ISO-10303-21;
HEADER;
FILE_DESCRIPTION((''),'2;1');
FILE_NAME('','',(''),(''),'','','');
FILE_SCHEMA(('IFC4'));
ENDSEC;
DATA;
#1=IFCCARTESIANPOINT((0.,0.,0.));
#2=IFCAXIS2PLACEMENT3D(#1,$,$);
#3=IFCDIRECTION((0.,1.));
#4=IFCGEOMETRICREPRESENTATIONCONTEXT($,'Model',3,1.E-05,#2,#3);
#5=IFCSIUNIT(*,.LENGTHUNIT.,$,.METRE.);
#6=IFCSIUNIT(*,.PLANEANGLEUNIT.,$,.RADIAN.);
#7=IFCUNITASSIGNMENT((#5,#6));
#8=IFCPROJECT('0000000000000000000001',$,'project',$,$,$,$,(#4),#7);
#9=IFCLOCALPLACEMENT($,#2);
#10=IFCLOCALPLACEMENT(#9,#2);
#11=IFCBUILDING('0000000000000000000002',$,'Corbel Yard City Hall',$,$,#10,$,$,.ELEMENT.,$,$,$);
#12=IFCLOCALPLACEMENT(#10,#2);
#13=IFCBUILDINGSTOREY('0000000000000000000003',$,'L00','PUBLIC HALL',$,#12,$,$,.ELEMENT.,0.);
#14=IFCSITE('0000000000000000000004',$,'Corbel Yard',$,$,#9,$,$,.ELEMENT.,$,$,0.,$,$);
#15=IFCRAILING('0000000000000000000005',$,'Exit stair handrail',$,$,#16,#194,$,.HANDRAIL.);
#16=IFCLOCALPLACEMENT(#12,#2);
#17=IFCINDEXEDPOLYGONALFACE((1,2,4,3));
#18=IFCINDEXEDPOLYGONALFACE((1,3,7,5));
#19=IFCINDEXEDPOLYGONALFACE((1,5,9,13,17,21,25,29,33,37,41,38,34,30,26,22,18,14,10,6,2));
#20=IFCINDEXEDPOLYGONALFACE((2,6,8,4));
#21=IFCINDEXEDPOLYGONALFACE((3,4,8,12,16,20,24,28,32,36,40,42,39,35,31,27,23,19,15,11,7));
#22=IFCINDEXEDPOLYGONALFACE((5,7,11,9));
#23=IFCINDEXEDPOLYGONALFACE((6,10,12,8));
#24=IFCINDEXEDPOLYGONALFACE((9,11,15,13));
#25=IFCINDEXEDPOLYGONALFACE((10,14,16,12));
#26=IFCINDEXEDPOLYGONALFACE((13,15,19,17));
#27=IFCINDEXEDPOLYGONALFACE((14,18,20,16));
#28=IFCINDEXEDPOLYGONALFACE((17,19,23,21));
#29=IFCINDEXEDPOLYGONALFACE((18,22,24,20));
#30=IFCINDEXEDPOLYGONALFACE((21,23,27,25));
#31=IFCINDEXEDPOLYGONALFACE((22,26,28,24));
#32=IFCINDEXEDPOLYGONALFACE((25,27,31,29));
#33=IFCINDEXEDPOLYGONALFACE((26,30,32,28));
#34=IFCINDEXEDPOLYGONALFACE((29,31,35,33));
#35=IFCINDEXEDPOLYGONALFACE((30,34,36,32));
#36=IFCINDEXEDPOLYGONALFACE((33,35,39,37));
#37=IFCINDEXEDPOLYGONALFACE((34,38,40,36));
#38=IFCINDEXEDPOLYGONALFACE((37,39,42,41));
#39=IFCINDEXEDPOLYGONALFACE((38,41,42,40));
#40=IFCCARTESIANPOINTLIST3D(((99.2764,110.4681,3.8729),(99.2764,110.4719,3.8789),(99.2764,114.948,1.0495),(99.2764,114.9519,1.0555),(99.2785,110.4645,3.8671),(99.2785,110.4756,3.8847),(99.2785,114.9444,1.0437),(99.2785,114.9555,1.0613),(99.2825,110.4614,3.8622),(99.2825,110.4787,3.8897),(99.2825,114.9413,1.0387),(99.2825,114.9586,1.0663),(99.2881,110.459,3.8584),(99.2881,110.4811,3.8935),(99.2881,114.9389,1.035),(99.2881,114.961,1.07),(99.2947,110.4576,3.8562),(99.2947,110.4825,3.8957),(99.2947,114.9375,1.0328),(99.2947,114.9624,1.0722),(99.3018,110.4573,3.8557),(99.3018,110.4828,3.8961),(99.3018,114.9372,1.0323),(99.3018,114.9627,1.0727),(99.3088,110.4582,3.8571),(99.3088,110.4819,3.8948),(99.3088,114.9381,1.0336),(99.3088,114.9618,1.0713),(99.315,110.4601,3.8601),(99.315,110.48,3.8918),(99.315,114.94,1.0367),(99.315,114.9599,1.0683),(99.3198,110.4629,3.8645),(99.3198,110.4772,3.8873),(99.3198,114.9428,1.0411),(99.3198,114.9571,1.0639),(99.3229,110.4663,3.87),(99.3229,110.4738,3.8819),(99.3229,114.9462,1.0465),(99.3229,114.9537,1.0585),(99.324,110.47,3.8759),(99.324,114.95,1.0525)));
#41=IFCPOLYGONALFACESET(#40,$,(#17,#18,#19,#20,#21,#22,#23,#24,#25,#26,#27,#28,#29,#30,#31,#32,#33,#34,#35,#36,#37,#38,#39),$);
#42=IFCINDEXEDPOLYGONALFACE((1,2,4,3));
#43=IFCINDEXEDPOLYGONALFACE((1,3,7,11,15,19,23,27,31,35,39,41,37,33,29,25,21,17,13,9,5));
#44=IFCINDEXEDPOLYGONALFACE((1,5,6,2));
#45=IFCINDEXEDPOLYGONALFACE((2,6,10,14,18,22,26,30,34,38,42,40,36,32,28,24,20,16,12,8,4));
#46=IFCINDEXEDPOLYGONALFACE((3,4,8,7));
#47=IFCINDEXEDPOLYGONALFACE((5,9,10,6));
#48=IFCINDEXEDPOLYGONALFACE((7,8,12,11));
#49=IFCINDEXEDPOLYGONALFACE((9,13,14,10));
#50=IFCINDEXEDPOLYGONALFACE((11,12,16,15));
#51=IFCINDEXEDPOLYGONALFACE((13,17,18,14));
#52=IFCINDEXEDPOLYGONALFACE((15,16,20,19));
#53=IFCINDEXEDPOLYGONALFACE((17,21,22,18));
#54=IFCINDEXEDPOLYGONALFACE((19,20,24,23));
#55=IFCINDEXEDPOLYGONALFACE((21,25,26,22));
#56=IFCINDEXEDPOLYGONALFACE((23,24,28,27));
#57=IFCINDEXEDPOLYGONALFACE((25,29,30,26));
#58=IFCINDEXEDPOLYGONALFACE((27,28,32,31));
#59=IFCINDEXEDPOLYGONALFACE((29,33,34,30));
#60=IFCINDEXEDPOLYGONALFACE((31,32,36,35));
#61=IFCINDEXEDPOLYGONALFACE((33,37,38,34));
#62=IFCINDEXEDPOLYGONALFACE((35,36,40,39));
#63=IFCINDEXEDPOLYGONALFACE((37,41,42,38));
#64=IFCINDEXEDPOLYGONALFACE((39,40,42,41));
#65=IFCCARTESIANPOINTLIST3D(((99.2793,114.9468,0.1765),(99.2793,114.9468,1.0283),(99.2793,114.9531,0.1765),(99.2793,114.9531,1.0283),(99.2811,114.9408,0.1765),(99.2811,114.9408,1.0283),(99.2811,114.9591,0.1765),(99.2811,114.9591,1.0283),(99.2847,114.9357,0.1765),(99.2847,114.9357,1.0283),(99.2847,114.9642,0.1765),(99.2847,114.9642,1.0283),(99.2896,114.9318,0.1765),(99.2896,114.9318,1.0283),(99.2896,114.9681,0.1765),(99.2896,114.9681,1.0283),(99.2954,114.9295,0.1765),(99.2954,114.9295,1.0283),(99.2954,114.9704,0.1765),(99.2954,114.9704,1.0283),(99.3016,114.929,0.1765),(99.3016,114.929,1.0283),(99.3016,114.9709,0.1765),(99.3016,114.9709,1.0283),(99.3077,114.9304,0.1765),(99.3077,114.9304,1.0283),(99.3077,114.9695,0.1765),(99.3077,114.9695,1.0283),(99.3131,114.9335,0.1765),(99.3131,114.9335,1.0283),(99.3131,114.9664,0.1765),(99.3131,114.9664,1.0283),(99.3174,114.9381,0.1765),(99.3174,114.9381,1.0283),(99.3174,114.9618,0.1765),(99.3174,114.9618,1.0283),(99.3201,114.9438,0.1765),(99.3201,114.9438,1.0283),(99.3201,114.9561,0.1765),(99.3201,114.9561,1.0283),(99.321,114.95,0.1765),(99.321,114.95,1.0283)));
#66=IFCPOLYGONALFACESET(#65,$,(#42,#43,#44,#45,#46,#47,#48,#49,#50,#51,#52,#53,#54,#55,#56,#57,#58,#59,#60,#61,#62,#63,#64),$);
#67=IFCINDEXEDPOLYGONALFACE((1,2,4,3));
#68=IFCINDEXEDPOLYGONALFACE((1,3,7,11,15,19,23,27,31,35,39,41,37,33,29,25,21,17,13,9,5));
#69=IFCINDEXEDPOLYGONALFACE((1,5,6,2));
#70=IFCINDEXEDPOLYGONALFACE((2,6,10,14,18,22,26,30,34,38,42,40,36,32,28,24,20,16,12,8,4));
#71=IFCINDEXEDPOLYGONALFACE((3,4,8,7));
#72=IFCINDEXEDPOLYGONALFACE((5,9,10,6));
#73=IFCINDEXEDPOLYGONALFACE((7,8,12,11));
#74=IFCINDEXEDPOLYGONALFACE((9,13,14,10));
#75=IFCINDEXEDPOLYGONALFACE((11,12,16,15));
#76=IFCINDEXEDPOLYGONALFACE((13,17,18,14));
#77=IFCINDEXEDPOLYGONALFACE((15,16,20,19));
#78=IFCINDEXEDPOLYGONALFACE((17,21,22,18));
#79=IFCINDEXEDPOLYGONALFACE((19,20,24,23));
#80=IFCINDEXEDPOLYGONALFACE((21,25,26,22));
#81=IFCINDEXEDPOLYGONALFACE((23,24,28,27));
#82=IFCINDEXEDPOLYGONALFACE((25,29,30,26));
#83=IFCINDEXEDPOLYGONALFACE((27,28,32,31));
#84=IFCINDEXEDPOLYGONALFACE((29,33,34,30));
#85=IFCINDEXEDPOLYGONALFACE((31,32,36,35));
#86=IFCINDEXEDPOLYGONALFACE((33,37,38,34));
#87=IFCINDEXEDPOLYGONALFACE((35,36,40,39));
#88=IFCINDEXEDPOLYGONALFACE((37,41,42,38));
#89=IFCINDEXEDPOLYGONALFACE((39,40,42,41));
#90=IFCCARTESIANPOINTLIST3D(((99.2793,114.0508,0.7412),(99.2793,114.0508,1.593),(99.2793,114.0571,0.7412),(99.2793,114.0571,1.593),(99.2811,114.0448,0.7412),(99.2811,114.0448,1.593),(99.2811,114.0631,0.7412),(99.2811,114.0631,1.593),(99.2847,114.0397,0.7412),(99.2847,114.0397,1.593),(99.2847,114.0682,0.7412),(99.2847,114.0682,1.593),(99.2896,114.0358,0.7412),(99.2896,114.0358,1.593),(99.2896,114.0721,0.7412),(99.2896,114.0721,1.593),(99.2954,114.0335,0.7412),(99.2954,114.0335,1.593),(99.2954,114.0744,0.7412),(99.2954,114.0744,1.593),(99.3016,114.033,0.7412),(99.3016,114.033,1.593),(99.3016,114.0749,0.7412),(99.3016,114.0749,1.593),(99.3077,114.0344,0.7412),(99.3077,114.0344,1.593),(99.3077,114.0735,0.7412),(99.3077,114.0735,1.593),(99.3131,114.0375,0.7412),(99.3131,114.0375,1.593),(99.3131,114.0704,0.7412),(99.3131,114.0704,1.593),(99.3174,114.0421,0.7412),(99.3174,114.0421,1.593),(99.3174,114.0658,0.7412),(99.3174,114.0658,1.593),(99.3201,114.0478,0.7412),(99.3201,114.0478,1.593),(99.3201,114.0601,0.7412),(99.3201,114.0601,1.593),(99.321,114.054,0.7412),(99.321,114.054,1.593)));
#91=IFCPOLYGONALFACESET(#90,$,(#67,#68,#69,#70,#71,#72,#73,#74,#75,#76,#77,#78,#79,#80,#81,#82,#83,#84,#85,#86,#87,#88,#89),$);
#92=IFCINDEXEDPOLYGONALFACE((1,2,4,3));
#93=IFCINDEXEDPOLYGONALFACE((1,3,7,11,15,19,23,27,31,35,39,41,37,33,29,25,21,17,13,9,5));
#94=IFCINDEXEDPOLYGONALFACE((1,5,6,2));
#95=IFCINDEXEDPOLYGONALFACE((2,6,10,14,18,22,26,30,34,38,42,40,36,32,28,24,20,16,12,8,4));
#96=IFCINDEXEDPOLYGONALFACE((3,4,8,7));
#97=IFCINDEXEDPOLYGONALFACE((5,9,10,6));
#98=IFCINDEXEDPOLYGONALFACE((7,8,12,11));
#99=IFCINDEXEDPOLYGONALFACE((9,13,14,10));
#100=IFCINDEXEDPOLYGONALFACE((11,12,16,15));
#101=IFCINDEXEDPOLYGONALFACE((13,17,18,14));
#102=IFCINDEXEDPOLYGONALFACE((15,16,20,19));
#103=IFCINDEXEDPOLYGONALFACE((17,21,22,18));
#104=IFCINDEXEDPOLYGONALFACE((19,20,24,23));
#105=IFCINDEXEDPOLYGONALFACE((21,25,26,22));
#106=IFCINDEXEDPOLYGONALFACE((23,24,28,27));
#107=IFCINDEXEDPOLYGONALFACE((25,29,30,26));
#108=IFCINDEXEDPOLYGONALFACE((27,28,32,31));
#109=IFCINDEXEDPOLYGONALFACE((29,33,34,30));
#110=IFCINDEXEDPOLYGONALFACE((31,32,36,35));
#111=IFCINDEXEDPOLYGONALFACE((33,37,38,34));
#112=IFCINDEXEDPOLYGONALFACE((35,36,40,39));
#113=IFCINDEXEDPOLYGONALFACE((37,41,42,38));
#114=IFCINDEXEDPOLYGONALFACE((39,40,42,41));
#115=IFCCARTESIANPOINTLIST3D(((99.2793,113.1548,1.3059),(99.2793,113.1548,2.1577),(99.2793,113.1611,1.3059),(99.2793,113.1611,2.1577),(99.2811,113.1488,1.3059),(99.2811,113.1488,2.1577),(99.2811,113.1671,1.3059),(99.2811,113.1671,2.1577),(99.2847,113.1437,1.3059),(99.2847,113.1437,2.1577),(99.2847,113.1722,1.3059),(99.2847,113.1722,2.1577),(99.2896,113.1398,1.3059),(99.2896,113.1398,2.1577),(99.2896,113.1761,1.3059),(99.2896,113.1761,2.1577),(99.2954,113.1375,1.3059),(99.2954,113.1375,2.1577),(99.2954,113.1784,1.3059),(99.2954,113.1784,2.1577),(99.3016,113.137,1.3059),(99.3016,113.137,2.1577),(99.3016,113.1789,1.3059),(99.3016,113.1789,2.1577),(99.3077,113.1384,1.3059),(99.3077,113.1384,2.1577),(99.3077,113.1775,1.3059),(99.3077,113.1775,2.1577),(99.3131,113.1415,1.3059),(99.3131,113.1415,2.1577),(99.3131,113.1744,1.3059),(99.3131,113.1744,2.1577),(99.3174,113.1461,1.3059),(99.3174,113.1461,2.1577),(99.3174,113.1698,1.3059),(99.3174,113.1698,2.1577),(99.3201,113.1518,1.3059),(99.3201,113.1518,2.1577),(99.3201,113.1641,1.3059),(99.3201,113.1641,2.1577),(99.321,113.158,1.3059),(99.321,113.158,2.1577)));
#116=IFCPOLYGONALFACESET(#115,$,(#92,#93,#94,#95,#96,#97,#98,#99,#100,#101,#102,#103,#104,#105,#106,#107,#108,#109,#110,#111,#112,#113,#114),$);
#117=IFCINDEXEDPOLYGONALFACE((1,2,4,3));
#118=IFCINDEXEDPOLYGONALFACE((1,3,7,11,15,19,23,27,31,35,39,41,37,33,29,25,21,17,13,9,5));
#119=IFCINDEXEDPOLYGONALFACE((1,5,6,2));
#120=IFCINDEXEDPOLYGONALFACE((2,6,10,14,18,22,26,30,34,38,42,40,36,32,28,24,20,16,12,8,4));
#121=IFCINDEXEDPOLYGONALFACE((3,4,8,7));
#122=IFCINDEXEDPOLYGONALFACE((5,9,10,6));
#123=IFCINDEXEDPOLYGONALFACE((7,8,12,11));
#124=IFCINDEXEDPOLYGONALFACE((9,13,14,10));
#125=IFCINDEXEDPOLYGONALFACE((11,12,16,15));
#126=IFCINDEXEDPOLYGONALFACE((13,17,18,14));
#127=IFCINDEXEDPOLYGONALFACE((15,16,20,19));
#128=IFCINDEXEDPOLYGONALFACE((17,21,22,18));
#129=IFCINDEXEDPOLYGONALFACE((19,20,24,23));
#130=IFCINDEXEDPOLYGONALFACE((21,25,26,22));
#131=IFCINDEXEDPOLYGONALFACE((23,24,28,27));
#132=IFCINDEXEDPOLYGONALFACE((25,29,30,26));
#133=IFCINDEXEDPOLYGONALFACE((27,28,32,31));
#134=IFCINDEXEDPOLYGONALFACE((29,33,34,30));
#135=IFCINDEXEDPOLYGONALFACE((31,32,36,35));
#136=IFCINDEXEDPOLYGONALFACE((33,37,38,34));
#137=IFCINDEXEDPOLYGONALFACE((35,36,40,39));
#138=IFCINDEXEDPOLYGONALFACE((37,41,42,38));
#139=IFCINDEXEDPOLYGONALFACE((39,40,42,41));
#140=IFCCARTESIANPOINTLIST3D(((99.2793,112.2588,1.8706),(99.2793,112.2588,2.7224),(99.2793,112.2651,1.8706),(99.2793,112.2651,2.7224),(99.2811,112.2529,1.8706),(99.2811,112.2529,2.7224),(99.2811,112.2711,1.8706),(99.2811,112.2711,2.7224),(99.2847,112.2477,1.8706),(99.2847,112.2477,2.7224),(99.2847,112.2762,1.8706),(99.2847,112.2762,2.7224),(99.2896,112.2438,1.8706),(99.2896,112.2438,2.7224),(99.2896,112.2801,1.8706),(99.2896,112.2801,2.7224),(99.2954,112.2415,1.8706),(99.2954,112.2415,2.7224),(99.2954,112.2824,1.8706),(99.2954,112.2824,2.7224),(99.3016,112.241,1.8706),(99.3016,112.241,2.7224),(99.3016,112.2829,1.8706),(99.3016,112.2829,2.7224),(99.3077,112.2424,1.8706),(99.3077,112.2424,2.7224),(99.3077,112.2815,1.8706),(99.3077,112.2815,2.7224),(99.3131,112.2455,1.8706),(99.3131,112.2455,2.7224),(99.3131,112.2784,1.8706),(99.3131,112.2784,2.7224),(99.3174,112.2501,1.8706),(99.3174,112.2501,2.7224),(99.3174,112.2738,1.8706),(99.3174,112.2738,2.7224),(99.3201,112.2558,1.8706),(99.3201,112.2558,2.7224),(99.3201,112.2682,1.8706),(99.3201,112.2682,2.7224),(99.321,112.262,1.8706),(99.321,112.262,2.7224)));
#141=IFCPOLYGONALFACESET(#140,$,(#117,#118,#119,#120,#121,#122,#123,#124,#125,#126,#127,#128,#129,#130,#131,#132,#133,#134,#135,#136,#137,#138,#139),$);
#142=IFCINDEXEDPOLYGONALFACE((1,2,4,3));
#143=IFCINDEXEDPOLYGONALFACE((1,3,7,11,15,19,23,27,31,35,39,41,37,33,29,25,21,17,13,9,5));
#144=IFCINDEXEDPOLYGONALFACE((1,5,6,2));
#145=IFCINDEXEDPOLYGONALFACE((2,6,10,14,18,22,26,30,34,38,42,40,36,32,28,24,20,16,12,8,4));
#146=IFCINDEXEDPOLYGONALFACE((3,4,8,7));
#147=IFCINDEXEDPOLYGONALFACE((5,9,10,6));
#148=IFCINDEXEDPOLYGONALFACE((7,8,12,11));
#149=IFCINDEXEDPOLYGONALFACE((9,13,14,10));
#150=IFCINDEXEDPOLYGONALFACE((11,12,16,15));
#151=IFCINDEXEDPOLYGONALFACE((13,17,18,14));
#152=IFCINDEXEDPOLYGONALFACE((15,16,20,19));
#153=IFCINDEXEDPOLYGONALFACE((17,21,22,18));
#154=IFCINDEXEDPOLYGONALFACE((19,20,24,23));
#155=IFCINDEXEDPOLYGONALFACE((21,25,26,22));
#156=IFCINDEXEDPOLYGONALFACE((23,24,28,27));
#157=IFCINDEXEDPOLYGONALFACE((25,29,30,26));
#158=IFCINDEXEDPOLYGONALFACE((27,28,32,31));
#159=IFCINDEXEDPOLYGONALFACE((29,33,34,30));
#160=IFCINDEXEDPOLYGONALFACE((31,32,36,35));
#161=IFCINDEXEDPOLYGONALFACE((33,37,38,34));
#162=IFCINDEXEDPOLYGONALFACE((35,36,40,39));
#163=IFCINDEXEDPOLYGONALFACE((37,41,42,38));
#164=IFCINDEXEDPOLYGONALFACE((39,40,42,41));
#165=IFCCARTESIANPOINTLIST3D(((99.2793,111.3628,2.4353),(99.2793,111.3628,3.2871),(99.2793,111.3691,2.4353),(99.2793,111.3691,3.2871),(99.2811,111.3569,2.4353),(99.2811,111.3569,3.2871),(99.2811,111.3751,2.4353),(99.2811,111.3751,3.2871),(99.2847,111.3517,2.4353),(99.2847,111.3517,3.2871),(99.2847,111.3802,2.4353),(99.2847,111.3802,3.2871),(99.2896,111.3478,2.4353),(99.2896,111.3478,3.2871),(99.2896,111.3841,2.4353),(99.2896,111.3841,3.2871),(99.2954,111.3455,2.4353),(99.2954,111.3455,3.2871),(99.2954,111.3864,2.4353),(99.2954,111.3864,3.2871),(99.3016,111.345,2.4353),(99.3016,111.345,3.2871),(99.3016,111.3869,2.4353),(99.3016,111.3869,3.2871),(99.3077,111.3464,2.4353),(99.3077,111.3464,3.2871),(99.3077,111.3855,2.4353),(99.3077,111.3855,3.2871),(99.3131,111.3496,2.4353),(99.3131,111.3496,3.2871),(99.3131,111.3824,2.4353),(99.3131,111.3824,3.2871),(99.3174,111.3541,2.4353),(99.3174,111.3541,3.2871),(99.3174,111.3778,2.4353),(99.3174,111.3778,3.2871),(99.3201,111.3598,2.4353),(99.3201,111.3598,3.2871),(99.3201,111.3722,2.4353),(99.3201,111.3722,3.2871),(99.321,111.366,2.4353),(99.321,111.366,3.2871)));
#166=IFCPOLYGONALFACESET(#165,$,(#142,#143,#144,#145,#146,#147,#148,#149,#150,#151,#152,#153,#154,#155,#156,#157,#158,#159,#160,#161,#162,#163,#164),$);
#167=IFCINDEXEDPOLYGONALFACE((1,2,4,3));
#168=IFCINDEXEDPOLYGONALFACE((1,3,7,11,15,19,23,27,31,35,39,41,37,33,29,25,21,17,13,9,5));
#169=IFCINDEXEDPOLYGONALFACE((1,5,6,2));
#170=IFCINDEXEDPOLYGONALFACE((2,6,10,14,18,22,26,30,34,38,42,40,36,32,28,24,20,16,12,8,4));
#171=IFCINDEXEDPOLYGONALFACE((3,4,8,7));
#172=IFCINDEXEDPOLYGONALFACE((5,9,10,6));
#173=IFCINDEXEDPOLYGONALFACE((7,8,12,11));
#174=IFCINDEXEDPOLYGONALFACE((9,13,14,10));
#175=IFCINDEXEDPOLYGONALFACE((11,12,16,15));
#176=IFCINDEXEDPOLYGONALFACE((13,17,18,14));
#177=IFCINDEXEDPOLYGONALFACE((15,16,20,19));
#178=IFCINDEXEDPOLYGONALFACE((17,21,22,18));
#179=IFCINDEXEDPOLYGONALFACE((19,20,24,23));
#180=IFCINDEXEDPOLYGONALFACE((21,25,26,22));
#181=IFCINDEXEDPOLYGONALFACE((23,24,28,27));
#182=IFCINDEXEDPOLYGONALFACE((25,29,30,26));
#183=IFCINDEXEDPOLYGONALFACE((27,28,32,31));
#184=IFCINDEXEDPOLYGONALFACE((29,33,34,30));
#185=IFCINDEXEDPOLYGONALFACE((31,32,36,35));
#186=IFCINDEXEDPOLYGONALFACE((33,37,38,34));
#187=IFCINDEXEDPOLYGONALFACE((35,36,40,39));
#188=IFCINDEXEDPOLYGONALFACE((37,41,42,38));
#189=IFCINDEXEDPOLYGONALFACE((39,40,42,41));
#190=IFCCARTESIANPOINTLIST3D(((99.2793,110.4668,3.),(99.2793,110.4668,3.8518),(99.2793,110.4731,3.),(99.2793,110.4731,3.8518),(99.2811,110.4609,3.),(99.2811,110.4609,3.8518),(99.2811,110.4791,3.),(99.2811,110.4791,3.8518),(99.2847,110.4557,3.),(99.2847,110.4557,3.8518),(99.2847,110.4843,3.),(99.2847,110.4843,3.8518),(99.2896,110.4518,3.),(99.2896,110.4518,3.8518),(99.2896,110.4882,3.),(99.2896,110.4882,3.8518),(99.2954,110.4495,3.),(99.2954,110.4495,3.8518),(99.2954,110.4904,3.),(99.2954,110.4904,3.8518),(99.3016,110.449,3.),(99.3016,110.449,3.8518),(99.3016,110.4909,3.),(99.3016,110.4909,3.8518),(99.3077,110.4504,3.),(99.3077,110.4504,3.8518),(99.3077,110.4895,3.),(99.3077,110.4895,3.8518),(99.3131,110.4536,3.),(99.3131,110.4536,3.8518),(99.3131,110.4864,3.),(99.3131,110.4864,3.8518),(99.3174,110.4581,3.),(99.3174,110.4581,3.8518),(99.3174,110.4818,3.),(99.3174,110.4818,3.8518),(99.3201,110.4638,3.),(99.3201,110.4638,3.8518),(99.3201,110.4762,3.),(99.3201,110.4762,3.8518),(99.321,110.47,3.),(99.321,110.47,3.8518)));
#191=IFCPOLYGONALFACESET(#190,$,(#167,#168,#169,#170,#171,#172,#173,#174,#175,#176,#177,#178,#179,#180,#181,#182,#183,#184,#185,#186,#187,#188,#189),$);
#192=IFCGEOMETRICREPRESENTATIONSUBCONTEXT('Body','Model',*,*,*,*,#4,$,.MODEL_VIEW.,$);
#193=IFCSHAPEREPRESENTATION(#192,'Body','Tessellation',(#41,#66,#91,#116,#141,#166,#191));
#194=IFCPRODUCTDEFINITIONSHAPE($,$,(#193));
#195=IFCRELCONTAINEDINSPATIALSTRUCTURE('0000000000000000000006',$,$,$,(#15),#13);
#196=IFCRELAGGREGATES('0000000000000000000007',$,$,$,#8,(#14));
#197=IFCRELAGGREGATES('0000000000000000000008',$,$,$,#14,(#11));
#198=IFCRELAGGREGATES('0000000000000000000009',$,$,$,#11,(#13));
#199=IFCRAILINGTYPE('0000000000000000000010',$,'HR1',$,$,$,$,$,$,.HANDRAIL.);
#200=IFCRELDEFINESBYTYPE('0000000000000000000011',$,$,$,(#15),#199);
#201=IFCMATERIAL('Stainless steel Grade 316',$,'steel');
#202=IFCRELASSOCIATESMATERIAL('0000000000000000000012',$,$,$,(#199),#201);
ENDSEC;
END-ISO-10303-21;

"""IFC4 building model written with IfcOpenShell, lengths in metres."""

from ifc_helpers import new_model, si_unit, direction, frame, origin, origin_2d, place, context, subcontext, project, spatial, circle, extrude, material, type_object, element, save


model = new_model("IFC4")

# Units and contexts
model_context = context("Model", 3, precision=1e-05, world=origin(), true_north=direction((0.0, 1.0)))
body_context = subcontext(model_context, "Body", "Model", "MODEL_VIEW")
ifc_project = project(units=[si_unit("LENGTHUNIT", "METRE"), si_unit("PLANEANGLEUNIT", "RADIAN")], contexts=[model_context])

# Site, building, storey
site_placement = place(None, origin())
site = spatial("IfcSite", under=ifc_project, at=site_placement, Name="Corbel Yard", CompositionType="ELEMENT", RefElevation=0.0)
building_placement = place(site_placement, origin())
building = spatial("IfcBuilding", under=site, at=building_placement, Name="Corbel Yard City Hall", CompositionType="ELEMENT")
storey_placement = place(building_placement, origin())
storey = spatial("IfcBuildingStorey", under=building, at=storey_placement, Name="L00", Description="PUBLIC HALL", CompositionType="ELEMENT", Elevation=0.0)

# Railing
ifc_material_1 = material(Name="Stainless steel Grade 316", Category="steel")
railing_type = type_object("IfcRailingType", Name="HR1", PredefinedType="HANDRAIL", material=ifc_material_1)
for number, where, name in (
    (1, (99.3, 114.95, 0.1765), "Exit stair handrail"),
):
    element("IfcRailing", number, at=place(storey_placement, frame(where)), inside=storey, type_object=railing_type, Name=name, PredefinedType="HANDRAIL", context=body_context, shape_type="SweptSolid", body=[
        extrude(circle(Radius=0.0239, at=origin_2d()), frame((0.0, 0.0, 0.876), z_axis=(0.0, -0.845998, 0.533186), x_axis=(1.0, 0.0, 0.0)), (0.0, 0.0, 1.0), 5.2954),
        extrude(circle(Radius=0.021, at=origin_2d()), origin(), (0.0, 0.0, 1.0), 0.8518),
        extrude(circle(Radius=0.021, at=origin_2d()), frame((0.0, -0.896, 0.5647)), (0.0, 0.0, 1.0), 0.8518),
        extrude(circle(Radius=0.021, at=origin_2d()), frame((0.0, -1.792, 1.1294)), (0.0, 0.0, 1.0), 0.8518),
        extrude(circle(Radius=0.021, at=origin_2d()), frame((0.0, -2.688, 1.6941)), (0.0, 0.0, 1.0), 0.8518),
        extrude(circle(Radius=0.021, at=origin_2d()), frame((0.0, -3.584, 2.2588)), (0.0, 0.0, 1.0), 0.8518),
        extrude(circle(Radius=0.021, at=origin_2d()), frame((0.0, -4.48, 2.8235)), (0.0, 0.0, 1.0), 0.8518),
    ])

save(model, "model.ifc")
